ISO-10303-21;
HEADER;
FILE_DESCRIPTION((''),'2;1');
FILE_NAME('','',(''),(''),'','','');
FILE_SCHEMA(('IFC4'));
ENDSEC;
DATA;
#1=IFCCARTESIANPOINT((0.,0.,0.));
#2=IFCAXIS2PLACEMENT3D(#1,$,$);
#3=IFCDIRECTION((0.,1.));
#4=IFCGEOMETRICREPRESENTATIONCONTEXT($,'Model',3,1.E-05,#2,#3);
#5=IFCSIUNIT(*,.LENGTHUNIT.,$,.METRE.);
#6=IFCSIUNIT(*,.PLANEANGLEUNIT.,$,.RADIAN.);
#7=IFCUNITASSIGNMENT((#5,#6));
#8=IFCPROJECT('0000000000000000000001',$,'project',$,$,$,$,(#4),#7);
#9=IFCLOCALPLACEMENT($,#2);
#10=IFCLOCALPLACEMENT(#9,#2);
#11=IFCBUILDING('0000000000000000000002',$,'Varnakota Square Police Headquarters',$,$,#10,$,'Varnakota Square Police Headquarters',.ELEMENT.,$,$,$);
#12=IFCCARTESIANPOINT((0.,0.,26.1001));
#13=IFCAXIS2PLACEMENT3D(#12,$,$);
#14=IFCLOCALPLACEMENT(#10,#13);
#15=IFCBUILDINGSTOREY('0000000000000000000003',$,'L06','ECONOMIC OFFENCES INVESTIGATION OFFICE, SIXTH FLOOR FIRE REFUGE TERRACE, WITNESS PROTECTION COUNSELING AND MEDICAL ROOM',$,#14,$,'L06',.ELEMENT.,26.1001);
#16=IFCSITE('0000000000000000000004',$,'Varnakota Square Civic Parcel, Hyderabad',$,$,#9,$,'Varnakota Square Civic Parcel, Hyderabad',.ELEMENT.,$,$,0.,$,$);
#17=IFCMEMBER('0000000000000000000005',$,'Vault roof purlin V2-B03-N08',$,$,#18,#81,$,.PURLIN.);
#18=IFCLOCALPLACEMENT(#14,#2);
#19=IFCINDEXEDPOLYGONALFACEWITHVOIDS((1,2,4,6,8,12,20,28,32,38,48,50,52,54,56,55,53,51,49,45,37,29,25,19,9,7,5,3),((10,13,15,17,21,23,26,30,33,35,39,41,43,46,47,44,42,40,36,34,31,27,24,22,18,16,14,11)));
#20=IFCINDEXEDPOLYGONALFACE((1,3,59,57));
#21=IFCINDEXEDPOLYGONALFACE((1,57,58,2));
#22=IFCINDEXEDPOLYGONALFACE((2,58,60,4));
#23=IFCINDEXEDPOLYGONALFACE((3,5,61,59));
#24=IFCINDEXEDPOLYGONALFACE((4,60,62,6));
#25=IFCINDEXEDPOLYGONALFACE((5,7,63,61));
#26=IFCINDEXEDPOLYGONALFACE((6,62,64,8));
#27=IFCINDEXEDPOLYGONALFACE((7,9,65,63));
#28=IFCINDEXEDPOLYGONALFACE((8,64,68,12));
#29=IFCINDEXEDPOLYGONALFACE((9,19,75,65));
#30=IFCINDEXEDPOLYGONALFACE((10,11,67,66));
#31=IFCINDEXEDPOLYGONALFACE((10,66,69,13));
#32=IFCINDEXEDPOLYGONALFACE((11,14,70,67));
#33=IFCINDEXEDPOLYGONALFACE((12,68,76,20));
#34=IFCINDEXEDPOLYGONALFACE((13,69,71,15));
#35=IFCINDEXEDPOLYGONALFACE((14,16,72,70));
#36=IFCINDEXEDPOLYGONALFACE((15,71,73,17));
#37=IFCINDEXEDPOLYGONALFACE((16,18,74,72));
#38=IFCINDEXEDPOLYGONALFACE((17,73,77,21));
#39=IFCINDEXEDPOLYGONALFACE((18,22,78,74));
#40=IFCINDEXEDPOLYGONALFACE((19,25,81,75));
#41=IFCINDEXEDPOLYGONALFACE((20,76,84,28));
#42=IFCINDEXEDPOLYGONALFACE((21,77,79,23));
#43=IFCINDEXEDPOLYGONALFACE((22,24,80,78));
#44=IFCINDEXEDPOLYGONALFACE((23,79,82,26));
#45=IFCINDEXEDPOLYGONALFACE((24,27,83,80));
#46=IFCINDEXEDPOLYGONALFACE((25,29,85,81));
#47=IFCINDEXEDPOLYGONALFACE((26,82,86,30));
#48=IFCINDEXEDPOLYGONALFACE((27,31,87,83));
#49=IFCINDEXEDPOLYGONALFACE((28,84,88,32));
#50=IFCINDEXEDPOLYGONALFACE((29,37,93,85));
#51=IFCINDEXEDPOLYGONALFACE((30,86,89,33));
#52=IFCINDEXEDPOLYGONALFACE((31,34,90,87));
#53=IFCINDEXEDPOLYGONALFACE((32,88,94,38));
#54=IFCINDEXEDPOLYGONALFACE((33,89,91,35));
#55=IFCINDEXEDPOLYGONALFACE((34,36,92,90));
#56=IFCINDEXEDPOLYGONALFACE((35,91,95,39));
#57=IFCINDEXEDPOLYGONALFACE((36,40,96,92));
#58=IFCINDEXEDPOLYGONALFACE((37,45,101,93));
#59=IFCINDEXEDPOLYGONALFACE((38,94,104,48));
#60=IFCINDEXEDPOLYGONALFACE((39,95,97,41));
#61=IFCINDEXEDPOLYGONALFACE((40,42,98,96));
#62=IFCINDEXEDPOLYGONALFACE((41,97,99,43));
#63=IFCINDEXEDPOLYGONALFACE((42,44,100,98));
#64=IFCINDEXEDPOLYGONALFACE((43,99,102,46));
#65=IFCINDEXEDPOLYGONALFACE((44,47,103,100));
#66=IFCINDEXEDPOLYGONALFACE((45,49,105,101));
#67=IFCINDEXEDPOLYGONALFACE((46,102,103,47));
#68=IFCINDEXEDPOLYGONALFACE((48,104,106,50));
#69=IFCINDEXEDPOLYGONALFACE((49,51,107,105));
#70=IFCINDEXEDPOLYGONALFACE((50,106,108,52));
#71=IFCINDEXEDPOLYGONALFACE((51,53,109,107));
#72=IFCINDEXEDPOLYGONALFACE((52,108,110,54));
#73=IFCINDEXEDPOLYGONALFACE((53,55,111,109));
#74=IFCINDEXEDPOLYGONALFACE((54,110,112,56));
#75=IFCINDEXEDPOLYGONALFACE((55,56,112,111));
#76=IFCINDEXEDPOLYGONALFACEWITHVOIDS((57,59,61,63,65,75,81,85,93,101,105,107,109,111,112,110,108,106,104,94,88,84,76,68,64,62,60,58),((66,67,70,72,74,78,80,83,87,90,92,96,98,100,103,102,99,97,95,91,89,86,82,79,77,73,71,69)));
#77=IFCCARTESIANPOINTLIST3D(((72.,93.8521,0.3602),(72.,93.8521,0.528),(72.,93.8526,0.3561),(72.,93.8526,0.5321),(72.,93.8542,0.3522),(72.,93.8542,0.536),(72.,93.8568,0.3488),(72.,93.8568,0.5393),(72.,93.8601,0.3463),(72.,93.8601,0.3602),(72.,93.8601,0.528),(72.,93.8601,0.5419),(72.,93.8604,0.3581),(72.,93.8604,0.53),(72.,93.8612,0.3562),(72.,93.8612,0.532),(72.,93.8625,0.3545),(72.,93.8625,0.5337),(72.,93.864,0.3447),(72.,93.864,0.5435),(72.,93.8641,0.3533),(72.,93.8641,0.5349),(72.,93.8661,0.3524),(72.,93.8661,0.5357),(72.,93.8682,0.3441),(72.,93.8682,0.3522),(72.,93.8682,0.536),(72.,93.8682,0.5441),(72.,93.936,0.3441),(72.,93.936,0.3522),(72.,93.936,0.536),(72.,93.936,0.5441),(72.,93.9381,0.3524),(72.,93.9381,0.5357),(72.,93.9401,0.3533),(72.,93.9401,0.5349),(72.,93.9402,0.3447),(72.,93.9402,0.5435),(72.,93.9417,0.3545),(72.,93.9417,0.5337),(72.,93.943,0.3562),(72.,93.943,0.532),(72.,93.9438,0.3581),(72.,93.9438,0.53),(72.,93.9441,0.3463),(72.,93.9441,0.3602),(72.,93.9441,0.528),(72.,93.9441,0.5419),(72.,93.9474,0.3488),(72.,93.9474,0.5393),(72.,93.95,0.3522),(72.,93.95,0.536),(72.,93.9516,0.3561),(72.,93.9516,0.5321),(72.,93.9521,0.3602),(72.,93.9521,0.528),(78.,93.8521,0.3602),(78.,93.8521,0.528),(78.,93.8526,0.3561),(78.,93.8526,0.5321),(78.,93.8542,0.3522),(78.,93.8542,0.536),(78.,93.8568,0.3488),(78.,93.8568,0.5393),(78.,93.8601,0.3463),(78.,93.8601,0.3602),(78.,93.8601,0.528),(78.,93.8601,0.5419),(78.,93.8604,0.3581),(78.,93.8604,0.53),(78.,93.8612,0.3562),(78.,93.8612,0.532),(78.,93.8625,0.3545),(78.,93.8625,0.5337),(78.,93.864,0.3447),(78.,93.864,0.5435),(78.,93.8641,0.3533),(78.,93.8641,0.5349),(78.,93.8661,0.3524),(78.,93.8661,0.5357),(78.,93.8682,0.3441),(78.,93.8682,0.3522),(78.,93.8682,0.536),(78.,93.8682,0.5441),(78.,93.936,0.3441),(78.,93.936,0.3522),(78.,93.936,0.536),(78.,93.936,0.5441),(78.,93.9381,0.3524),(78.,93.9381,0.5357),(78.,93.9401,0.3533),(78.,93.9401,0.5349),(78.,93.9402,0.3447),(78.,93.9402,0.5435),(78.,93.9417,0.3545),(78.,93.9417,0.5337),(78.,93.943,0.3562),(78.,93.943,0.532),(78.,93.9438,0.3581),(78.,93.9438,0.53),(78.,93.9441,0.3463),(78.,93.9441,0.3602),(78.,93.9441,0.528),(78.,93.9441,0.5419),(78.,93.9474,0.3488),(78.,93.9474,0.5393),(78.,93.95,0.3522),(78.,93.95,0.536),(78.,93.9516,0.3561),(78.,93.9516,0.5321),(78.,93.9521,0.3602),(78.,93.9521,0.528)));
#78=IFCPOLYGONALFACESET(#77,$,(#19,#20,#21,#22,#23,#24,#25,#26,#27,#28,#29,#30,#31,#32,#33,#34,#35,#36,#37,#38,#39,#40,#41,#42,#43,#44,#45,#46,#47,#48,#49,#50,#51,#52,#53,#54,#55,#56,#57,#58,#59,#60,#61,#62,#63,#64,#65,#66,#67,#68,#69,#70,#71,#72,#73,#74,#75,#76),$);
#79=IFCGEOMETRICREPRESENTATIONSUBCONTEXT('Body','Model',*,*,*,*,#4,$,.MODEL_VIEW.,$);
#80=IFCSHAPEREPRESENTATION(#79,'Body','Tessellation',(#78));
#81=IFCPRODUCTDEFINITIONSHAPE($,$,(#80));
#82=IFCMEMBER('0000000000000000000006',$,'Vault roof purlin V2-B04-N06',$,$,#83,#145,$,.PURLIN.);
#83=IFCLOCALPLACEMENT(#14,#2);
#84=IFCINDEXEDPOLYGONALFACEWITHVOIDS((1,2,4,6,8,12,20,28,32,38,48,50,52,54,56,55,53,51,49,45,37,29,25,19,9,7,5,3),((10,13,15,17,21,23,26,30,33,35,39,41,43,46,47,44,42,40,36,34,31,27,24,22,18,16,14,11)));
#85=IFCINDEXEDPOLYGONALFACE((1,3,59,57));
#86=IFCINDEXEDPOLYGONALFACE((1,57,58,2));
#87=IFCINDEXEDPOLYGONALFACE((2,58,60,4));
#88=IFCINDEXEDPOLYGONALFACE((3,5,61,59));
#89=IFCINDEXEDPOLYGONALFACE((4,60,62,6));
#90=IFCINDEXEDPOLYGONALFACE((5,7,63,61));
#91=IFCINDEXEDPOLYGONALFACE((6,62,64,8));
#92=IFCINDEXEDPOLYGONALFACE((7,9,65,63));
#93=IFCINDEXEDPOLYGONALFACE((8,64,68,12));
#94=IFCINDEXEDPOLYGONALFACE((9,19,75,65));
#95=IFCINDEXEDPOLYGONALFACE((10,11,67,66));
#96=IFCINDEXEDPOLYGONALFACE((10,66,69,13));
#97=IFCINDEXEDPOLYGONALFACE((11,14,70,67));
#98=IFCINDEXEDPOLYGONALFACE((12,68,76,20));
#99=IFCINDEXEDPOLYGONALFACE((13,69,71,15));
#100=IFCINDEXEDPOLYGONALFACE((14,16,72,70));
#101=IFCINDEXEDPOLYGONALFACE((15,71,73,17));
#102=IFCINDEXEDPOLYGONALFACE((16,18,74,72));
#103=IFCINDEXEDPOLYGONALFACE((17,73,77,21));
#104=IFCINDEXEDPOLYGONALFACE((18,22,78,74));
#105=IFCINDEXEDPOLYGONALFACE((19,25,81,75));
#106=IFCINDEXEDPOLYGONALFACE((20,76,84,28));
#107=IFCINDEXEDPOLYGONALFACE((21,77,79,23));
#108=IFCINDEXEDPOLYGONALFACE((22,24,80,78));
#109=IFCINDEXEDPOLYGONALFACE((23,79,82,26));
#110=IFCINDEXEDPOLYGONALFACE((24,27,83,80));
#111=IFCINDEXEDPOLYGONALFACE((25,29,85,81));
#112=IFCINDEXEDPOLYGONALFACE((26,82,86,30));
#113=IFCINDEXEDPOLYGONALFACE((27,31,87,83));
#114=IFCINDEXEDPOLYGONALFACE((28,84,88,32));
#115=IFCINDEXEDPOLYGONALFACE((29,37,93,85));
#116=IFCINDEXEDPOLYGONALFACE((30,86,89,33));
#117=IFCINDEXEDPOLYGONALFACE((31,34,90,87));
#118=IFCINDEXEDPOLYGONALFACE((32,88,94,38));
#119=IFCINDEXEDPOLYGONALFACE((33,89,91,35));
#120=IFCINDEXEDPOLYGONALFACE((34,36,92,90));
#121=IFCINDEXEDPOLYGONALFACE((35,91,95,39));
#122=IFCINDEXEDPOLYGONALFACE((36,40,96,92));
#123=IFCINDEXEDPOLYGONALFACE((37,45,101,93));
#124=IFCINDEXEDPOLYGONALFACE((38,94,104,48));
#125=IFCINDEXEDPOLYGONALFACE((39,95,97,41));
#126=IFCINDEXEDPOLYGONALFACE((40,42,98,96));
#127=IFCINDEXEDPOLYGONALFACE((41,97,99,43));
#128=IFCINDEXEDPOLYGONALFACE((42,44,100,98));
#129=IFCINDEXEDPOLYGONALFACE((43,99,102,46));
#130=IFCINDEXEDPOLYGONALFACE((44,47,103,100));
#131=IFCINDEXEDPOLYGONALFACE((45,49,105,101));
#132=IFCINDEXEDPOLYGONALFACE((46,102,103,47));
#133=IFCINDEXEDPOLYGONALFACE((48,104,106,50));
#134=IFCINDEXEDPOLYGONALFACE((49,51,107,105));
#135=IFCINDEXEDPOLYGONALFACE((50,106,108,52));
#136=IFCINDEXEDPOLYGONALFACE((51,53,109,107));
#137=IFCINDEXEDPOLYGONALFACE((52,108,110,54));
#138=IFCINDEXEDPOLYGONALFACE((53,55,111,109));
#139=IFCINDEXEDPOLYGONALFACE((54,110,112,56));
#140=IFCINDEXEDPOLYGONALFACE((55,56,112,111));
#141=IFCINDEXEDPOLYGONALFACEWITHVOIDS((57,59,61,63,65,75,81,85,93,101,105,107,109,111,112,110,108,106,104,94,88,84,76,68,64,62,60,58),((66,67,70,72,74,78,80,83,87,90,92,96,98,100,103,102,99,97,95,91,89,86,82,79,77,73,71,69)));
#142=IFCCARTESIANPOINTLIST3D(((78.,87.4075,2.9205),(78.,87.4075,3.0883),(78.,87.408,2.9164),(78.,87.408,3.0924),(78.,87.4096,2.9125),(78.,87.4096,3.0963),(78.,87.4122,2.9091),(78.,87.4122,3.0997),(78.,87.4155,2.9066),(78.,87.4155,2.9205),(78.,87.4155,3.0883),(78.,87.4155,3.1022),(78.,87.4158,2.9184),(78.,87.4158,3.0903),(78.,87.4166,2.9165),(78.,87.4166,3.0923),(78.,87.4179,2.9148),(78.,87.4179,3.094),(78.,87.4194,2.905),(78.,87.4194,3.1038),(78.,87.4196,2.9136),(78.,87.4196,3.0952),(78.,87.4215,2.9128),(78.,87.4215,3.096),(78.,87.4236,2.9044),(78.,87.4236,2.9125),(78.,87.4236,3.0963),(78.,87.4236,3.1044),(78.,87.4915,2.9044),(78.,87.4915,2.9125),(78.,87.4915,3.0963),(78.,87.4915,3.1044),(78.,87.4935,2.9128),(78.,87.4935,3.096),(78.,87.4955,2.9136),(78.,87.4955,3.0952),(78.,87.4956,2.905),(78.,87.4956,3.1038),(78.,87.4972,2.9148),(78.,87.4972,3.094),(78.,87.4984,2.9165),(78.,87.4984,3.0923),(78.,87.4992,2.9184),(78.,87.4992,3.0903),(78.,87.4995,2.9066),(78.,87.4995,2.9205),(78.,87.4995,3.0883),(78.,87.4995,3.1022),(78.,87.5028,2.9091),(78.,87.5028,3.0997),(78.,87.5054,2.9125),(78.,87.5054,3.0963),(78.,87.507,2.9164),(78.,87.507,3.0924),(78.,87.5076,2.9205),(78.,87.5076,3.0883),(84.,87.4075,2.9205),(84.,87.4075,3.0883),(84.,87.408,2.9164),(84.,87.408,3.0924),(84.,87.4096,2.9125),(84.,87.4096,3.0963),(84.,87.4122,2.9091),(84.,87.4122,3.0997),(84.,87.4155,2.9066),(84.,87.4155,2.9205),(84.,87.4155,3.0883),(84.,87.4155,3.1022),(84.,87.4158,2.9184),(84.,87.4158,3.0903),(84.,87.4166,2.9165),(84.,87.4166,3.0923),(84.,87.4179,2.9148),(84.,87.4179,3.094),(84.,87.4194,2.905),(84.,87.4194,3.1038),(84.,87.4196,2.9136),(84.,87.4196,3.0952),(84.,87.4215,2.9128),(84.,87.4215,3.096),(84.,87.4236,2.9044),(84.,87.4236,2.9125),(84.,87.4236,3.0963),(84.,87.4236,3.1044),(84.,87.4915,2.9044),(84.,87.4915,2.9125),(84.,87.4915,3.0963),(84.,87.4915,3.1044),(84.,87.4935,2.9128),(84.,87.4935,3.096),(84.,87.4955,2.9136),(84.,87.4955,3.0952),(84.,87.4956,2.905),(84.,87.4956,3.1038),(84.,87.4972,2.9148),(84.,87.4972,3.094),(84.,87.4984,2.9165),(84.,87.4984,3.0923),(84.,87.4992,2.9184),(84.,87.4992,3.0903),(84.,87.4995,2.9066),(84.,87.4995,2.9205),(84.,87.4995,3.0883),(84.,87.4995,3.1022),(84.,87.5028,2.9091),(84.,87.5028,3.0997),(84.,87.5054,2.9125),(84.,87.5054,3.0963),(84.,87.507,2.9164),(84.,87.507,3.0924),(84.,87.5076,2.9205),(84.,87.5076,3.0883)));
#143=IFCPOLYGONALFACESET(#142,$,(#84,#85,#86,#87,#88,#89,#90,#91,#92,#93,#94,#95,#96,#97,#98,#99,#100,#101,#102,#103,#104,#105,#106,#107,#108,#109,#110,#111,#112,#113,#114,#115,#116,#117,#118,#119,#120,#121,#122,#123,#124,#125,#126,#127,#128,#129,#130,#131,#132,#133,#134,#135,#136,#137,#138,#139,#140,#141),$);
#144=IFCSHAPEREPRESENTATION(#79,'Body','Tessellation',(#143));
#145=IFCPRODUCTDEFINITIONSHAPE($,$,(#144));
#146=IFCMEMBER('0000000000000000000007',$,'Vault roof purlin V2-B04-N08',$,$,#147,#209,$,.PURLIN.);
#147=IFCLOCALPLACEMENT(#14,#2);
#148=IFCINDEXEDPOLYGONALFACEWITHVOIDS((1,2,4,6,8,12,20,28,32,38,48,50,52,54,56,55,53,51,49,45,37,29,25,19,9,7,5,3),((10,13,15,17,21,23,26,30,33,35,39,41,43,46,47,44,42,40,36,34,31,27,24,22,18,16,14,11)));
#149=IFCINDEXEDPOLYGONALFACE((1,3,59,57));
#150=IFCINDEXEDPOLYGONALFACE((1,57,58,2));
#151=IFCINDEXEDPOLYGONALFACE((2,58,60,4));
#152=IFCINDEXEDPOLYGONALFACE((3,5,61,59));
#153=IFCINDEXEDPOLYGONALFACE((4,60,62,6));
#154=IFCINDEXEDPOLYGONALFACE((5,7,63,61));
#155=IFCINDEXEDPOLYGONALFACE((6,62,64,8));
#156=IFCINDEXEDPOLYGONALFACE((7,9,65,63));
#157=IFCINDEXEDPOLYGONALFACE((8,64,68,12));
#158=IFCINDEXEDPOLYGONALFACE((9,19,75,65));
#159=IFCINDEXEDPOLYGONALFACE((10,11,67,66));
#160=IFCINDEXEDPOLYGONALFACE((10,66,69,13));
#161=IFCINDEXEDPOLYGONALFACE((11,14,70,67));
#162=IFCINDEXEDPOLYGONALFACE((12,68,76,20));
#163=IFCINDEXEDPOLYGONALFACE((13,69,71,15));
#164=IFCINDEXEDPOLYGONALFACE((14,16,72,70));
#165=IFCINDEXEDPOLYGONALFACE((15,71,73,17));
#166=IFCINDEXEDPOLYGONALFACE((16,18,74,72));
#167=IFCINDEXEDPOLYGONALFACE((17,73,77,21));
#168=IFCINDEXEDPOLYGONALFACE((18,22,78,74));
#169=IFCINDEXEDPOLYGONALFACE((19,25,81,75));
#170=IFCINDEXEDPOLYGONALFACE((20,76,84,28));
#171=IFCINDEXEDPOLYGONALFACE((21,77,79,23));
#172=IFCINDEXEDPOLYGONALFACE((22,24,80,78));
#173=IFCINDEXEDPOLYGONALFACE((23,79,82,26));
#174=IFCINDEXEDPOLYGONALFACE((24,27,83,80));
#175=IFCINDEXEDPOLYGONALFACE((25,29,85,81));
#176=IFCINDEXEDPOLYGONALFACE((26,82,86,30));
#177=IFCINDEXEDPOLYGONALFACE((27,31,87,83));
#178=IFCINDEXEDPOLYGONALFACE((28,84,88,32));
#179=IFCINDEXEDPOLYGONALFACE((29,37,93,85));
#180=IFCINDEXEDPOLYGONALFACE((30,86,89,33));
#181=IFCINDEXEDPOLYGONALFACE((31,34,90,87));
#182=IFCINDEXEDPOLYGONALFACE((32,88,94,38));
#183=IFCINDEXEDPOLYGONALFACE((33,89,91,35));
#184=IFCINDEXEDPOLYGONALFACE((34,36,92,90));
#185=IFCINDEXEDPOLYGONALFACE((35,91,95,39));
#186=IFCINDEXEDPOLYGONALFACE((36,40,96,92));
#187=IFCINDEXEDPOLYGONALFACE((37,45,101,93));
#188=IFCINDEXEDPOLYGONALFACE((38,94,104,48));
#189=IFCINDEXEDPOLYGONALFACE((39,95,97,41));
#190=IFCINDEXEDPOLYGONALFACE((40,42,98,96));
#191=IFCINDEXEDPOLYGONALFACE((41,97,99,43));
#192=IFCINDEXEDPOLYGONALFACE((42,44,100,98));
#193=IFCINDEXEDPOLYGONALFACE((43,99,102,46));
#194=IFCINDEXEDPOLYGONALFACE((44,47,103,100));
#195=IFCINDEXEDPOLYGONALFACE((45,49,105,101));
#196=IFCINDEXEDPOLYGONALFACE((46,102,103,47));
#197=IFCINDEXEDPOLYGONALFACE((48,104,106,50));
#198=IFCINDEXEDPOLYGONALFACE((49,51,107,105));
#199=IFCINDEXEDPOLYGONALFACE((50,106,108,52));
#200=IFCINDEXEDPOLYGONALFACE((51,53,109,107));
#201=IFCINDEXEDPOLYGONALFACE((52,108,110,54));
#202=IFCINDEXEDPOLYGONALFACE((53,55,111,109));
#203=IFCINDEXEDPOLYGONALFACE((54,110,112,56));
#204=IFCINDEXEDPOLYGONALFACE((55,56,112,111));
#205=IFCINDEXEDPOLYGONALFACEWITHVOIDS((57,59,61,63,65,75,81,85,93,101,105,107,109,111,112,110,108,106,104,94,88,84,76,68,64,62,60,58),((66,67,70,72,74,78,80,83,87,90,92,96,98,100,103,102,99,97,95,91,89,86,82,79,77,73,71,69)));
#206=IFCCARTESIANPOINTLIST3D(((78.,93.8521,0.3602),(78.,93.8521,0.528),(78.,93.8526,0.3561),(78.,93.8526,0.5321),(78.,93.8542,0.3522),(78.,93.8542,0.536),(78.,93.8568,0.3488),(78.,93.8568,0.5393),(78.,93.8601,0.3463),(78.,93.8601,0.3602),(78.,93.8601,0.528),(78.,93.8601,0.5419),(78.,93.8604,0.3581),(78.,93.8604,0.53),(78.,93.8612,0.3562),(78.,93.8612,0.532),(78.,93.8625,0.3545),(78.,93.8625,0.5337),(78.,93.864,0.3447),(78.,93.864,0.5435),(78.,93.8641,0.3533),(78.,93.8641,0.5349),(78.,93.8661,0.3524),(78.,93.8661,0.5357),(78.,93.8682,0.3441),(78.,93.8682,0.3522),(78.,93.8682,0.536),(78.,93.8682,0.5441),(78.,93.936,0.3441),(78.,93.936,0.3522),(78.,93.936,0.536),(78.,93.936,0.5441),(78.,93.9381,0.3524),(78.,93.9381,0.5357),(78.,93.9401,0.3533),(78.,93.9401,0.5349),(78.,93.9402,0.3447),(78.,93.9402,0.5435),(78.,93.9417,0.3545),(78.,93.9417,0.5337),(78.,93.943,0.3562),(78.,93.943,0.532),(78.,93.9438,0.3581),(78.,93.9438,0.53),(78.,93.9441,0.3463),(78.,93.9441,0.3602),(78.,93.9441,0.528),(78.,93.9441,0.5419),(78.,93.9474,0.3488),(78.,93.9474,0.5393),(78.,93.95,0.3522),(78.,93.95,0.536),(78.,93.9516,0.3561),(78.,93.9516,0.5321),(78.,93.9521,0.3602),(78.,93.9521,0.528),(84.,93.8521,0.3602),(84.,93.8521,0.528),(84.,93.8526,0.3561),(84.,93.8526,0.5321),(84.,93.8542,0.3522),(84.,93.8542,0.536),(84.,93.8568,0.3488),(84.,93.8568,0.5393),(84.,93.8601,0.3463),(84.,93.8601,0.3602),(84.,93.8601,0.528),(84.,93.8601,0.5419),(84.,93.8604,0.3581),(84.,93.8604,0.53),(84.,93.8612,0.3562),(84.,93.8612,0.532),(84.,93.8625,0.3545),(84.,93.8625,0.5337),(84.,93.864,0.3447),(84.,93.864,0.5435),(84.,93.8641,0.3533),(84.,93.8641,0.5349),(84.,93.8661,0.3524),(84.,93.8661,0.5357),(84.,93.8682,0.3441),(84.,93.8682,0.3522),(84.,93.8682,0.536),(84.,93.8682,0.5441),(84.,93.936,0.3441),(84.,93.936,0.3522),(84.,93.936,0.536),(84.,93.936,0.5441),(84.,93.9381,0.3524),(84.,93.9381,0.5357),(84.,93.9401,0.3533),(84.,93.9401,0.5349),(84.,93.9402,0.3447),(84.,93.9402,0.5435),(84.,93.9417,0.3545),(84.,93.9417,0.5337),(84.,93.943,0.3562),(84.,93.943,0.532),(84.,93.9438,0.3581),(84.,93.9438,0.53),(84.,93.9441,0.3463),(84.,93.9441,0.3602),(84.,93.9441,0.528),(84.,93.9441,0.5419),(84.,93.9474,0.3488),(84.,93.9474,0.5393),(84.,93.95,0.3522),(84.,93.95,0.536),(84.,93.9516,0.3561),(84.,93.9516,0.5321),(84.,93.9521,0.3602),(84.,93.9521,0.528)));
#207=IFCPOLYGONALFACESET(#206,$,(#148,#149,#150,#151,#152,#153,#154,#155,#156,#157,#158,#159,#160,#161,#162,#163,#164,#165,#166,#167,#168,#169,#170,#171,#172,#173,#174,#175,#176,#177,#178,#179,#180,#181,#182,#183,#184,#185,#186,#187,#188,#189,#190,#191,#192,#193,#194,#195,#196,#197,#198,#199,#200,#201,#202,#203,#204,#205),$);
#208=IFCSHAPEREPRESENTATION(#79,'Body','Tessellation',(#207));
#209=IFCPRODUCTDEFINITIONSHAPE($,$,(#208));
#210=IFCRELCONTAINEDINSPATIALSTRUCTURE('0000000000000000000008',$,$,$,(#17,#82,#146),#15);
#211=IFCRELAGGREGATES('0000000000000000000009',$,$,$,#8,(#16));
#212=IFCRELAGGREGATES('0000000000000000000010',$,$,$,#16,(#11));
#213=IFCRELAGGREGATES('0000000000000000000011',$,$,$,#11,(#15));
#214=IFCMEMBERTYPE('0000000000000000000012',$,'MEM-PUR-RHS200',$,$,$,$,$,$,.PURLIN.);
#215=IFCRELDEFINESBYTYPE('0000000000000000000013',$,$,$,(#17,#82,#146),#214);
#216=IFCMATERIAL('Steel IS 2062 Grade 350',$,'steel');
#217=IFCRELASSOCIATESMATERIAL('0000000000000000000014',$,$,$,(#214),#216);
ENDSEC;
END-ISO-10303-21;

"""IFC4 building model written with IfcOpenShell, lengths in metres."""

from ifc_helpers import new_model, si_unit, direction, frame, origin, origin_2d, place, context, subcontext, project, spatial, hollow_rectangle, extrude, material, material_profile, profile_set, type_object, element, save


model = new_model("IFC4")

# Units and contexts
model_context = context("Model", 3, precision=1e-05, world=origin(), true_north=direction((0.0, 1.0)))
body_context = subcontext(model_context, "Body", "Model", "MODEL_VIEW")
ifc_project = project(units=[si_unit("LENGTHUNIT", "METRE"), si_unit("PLANEANGLEUNIT", "RADIAN")], contexts=[model_context])

# Site, building, storey
site_placement = place(None, origin())
site = spatial("IfcSite", under=ifc_project, at=site_placement, Name="Varnakota Square Civic Parcel, Hyderabad", LongName="Varnakota Square Civic Parcel, Hyderabad", CompositionType="ELEMENT", RefElevation=0.0)
building_placement = place(site_placement, origin())
building = spatial("IfcBuilding", under=site, at=building_placement, Name="Varnakota Square Police Headquarters", LongName="Varnakota Square Police Headquarters", CompositionType="ELEMENT")
storey_placement = place(building_placement, frame((0.0, 0.0, 26.1001)))
storey = spatial("IfcBuildingStorey", under=building, at=storey_placement, Name="L06", Description="ECONOMIC OFFENCES INVESTIGATION OFFICE, SIXTH FLOOR FIRE REFUGE TERRACE, WITNESS PROTECTION COUNSELING AND MEDICAL ROOM", LongName="L06", CompositionType="ELEMENT", Elevation=26.1001)

# Shared definitions
ifc_material_1 = material(Name="Steel IS 2062 Grade 350", Category="steel")

# Members
ifc_material_profile_1 = material_profile(ifc_material_1, hollow_rectangle(XDim=0.1001, YDim=0.2, WallThickness=0.0081, InnerFilletRadius=0.0081, OuterFilletRadius=0.0161, at=origin_2d()), Name="RHS 200x100x8")
ifc_profile_set_1 = profile_set([ifc_material_profile_1], Name="Steel IS 2062 Grade 350")
member_type_1 = type_object("IfcMemberType", Name="MEM-PUR-RHS200", PredefinedType="PURLIN", material=ifc_profile_set_1)
for number, where, z_axis, x_axis, name in (
    (1, (72.0, 93.9021, 0.4441), (1.0, 0.0, 0.0), (0.0, 1.0, 0.0), "Vault roof purlin V2-B03-N08"),
    (2, (78.0, 87.4575, 3.0044), (1.0, 0.0, 0.0), (0.0, 1.0, 0.0), "Vault roof purlin V2-B04-N06"),
    (3, (78.0, 93.9021, 0.4441), (1.0, 0.0, 0.0), (0.0, 1.0, 0.0), "Vault roof purlin V2-B04-N08"),
):
    element("IfcMember", number, at=place(storey_placement, frame(where, z_axis=z_axis, x_axis=x_axis)), inside=storey, type_object=member_type_1, Name=name, PredefinedType="PURLIN", context=body_context, shape_type="SweptSolid", body=[
        extrude(hollow_rectangle(XDim=0.1001, YDim=0.2, WallThickness=0.0081, InnerFilletRadius=0.0081, OuterFilletRadius=0.0161, at=origin_2d()), origin(), (0.0, 0.0, 1.0), 6.0),
    ])

save(model, "model.ifc")
